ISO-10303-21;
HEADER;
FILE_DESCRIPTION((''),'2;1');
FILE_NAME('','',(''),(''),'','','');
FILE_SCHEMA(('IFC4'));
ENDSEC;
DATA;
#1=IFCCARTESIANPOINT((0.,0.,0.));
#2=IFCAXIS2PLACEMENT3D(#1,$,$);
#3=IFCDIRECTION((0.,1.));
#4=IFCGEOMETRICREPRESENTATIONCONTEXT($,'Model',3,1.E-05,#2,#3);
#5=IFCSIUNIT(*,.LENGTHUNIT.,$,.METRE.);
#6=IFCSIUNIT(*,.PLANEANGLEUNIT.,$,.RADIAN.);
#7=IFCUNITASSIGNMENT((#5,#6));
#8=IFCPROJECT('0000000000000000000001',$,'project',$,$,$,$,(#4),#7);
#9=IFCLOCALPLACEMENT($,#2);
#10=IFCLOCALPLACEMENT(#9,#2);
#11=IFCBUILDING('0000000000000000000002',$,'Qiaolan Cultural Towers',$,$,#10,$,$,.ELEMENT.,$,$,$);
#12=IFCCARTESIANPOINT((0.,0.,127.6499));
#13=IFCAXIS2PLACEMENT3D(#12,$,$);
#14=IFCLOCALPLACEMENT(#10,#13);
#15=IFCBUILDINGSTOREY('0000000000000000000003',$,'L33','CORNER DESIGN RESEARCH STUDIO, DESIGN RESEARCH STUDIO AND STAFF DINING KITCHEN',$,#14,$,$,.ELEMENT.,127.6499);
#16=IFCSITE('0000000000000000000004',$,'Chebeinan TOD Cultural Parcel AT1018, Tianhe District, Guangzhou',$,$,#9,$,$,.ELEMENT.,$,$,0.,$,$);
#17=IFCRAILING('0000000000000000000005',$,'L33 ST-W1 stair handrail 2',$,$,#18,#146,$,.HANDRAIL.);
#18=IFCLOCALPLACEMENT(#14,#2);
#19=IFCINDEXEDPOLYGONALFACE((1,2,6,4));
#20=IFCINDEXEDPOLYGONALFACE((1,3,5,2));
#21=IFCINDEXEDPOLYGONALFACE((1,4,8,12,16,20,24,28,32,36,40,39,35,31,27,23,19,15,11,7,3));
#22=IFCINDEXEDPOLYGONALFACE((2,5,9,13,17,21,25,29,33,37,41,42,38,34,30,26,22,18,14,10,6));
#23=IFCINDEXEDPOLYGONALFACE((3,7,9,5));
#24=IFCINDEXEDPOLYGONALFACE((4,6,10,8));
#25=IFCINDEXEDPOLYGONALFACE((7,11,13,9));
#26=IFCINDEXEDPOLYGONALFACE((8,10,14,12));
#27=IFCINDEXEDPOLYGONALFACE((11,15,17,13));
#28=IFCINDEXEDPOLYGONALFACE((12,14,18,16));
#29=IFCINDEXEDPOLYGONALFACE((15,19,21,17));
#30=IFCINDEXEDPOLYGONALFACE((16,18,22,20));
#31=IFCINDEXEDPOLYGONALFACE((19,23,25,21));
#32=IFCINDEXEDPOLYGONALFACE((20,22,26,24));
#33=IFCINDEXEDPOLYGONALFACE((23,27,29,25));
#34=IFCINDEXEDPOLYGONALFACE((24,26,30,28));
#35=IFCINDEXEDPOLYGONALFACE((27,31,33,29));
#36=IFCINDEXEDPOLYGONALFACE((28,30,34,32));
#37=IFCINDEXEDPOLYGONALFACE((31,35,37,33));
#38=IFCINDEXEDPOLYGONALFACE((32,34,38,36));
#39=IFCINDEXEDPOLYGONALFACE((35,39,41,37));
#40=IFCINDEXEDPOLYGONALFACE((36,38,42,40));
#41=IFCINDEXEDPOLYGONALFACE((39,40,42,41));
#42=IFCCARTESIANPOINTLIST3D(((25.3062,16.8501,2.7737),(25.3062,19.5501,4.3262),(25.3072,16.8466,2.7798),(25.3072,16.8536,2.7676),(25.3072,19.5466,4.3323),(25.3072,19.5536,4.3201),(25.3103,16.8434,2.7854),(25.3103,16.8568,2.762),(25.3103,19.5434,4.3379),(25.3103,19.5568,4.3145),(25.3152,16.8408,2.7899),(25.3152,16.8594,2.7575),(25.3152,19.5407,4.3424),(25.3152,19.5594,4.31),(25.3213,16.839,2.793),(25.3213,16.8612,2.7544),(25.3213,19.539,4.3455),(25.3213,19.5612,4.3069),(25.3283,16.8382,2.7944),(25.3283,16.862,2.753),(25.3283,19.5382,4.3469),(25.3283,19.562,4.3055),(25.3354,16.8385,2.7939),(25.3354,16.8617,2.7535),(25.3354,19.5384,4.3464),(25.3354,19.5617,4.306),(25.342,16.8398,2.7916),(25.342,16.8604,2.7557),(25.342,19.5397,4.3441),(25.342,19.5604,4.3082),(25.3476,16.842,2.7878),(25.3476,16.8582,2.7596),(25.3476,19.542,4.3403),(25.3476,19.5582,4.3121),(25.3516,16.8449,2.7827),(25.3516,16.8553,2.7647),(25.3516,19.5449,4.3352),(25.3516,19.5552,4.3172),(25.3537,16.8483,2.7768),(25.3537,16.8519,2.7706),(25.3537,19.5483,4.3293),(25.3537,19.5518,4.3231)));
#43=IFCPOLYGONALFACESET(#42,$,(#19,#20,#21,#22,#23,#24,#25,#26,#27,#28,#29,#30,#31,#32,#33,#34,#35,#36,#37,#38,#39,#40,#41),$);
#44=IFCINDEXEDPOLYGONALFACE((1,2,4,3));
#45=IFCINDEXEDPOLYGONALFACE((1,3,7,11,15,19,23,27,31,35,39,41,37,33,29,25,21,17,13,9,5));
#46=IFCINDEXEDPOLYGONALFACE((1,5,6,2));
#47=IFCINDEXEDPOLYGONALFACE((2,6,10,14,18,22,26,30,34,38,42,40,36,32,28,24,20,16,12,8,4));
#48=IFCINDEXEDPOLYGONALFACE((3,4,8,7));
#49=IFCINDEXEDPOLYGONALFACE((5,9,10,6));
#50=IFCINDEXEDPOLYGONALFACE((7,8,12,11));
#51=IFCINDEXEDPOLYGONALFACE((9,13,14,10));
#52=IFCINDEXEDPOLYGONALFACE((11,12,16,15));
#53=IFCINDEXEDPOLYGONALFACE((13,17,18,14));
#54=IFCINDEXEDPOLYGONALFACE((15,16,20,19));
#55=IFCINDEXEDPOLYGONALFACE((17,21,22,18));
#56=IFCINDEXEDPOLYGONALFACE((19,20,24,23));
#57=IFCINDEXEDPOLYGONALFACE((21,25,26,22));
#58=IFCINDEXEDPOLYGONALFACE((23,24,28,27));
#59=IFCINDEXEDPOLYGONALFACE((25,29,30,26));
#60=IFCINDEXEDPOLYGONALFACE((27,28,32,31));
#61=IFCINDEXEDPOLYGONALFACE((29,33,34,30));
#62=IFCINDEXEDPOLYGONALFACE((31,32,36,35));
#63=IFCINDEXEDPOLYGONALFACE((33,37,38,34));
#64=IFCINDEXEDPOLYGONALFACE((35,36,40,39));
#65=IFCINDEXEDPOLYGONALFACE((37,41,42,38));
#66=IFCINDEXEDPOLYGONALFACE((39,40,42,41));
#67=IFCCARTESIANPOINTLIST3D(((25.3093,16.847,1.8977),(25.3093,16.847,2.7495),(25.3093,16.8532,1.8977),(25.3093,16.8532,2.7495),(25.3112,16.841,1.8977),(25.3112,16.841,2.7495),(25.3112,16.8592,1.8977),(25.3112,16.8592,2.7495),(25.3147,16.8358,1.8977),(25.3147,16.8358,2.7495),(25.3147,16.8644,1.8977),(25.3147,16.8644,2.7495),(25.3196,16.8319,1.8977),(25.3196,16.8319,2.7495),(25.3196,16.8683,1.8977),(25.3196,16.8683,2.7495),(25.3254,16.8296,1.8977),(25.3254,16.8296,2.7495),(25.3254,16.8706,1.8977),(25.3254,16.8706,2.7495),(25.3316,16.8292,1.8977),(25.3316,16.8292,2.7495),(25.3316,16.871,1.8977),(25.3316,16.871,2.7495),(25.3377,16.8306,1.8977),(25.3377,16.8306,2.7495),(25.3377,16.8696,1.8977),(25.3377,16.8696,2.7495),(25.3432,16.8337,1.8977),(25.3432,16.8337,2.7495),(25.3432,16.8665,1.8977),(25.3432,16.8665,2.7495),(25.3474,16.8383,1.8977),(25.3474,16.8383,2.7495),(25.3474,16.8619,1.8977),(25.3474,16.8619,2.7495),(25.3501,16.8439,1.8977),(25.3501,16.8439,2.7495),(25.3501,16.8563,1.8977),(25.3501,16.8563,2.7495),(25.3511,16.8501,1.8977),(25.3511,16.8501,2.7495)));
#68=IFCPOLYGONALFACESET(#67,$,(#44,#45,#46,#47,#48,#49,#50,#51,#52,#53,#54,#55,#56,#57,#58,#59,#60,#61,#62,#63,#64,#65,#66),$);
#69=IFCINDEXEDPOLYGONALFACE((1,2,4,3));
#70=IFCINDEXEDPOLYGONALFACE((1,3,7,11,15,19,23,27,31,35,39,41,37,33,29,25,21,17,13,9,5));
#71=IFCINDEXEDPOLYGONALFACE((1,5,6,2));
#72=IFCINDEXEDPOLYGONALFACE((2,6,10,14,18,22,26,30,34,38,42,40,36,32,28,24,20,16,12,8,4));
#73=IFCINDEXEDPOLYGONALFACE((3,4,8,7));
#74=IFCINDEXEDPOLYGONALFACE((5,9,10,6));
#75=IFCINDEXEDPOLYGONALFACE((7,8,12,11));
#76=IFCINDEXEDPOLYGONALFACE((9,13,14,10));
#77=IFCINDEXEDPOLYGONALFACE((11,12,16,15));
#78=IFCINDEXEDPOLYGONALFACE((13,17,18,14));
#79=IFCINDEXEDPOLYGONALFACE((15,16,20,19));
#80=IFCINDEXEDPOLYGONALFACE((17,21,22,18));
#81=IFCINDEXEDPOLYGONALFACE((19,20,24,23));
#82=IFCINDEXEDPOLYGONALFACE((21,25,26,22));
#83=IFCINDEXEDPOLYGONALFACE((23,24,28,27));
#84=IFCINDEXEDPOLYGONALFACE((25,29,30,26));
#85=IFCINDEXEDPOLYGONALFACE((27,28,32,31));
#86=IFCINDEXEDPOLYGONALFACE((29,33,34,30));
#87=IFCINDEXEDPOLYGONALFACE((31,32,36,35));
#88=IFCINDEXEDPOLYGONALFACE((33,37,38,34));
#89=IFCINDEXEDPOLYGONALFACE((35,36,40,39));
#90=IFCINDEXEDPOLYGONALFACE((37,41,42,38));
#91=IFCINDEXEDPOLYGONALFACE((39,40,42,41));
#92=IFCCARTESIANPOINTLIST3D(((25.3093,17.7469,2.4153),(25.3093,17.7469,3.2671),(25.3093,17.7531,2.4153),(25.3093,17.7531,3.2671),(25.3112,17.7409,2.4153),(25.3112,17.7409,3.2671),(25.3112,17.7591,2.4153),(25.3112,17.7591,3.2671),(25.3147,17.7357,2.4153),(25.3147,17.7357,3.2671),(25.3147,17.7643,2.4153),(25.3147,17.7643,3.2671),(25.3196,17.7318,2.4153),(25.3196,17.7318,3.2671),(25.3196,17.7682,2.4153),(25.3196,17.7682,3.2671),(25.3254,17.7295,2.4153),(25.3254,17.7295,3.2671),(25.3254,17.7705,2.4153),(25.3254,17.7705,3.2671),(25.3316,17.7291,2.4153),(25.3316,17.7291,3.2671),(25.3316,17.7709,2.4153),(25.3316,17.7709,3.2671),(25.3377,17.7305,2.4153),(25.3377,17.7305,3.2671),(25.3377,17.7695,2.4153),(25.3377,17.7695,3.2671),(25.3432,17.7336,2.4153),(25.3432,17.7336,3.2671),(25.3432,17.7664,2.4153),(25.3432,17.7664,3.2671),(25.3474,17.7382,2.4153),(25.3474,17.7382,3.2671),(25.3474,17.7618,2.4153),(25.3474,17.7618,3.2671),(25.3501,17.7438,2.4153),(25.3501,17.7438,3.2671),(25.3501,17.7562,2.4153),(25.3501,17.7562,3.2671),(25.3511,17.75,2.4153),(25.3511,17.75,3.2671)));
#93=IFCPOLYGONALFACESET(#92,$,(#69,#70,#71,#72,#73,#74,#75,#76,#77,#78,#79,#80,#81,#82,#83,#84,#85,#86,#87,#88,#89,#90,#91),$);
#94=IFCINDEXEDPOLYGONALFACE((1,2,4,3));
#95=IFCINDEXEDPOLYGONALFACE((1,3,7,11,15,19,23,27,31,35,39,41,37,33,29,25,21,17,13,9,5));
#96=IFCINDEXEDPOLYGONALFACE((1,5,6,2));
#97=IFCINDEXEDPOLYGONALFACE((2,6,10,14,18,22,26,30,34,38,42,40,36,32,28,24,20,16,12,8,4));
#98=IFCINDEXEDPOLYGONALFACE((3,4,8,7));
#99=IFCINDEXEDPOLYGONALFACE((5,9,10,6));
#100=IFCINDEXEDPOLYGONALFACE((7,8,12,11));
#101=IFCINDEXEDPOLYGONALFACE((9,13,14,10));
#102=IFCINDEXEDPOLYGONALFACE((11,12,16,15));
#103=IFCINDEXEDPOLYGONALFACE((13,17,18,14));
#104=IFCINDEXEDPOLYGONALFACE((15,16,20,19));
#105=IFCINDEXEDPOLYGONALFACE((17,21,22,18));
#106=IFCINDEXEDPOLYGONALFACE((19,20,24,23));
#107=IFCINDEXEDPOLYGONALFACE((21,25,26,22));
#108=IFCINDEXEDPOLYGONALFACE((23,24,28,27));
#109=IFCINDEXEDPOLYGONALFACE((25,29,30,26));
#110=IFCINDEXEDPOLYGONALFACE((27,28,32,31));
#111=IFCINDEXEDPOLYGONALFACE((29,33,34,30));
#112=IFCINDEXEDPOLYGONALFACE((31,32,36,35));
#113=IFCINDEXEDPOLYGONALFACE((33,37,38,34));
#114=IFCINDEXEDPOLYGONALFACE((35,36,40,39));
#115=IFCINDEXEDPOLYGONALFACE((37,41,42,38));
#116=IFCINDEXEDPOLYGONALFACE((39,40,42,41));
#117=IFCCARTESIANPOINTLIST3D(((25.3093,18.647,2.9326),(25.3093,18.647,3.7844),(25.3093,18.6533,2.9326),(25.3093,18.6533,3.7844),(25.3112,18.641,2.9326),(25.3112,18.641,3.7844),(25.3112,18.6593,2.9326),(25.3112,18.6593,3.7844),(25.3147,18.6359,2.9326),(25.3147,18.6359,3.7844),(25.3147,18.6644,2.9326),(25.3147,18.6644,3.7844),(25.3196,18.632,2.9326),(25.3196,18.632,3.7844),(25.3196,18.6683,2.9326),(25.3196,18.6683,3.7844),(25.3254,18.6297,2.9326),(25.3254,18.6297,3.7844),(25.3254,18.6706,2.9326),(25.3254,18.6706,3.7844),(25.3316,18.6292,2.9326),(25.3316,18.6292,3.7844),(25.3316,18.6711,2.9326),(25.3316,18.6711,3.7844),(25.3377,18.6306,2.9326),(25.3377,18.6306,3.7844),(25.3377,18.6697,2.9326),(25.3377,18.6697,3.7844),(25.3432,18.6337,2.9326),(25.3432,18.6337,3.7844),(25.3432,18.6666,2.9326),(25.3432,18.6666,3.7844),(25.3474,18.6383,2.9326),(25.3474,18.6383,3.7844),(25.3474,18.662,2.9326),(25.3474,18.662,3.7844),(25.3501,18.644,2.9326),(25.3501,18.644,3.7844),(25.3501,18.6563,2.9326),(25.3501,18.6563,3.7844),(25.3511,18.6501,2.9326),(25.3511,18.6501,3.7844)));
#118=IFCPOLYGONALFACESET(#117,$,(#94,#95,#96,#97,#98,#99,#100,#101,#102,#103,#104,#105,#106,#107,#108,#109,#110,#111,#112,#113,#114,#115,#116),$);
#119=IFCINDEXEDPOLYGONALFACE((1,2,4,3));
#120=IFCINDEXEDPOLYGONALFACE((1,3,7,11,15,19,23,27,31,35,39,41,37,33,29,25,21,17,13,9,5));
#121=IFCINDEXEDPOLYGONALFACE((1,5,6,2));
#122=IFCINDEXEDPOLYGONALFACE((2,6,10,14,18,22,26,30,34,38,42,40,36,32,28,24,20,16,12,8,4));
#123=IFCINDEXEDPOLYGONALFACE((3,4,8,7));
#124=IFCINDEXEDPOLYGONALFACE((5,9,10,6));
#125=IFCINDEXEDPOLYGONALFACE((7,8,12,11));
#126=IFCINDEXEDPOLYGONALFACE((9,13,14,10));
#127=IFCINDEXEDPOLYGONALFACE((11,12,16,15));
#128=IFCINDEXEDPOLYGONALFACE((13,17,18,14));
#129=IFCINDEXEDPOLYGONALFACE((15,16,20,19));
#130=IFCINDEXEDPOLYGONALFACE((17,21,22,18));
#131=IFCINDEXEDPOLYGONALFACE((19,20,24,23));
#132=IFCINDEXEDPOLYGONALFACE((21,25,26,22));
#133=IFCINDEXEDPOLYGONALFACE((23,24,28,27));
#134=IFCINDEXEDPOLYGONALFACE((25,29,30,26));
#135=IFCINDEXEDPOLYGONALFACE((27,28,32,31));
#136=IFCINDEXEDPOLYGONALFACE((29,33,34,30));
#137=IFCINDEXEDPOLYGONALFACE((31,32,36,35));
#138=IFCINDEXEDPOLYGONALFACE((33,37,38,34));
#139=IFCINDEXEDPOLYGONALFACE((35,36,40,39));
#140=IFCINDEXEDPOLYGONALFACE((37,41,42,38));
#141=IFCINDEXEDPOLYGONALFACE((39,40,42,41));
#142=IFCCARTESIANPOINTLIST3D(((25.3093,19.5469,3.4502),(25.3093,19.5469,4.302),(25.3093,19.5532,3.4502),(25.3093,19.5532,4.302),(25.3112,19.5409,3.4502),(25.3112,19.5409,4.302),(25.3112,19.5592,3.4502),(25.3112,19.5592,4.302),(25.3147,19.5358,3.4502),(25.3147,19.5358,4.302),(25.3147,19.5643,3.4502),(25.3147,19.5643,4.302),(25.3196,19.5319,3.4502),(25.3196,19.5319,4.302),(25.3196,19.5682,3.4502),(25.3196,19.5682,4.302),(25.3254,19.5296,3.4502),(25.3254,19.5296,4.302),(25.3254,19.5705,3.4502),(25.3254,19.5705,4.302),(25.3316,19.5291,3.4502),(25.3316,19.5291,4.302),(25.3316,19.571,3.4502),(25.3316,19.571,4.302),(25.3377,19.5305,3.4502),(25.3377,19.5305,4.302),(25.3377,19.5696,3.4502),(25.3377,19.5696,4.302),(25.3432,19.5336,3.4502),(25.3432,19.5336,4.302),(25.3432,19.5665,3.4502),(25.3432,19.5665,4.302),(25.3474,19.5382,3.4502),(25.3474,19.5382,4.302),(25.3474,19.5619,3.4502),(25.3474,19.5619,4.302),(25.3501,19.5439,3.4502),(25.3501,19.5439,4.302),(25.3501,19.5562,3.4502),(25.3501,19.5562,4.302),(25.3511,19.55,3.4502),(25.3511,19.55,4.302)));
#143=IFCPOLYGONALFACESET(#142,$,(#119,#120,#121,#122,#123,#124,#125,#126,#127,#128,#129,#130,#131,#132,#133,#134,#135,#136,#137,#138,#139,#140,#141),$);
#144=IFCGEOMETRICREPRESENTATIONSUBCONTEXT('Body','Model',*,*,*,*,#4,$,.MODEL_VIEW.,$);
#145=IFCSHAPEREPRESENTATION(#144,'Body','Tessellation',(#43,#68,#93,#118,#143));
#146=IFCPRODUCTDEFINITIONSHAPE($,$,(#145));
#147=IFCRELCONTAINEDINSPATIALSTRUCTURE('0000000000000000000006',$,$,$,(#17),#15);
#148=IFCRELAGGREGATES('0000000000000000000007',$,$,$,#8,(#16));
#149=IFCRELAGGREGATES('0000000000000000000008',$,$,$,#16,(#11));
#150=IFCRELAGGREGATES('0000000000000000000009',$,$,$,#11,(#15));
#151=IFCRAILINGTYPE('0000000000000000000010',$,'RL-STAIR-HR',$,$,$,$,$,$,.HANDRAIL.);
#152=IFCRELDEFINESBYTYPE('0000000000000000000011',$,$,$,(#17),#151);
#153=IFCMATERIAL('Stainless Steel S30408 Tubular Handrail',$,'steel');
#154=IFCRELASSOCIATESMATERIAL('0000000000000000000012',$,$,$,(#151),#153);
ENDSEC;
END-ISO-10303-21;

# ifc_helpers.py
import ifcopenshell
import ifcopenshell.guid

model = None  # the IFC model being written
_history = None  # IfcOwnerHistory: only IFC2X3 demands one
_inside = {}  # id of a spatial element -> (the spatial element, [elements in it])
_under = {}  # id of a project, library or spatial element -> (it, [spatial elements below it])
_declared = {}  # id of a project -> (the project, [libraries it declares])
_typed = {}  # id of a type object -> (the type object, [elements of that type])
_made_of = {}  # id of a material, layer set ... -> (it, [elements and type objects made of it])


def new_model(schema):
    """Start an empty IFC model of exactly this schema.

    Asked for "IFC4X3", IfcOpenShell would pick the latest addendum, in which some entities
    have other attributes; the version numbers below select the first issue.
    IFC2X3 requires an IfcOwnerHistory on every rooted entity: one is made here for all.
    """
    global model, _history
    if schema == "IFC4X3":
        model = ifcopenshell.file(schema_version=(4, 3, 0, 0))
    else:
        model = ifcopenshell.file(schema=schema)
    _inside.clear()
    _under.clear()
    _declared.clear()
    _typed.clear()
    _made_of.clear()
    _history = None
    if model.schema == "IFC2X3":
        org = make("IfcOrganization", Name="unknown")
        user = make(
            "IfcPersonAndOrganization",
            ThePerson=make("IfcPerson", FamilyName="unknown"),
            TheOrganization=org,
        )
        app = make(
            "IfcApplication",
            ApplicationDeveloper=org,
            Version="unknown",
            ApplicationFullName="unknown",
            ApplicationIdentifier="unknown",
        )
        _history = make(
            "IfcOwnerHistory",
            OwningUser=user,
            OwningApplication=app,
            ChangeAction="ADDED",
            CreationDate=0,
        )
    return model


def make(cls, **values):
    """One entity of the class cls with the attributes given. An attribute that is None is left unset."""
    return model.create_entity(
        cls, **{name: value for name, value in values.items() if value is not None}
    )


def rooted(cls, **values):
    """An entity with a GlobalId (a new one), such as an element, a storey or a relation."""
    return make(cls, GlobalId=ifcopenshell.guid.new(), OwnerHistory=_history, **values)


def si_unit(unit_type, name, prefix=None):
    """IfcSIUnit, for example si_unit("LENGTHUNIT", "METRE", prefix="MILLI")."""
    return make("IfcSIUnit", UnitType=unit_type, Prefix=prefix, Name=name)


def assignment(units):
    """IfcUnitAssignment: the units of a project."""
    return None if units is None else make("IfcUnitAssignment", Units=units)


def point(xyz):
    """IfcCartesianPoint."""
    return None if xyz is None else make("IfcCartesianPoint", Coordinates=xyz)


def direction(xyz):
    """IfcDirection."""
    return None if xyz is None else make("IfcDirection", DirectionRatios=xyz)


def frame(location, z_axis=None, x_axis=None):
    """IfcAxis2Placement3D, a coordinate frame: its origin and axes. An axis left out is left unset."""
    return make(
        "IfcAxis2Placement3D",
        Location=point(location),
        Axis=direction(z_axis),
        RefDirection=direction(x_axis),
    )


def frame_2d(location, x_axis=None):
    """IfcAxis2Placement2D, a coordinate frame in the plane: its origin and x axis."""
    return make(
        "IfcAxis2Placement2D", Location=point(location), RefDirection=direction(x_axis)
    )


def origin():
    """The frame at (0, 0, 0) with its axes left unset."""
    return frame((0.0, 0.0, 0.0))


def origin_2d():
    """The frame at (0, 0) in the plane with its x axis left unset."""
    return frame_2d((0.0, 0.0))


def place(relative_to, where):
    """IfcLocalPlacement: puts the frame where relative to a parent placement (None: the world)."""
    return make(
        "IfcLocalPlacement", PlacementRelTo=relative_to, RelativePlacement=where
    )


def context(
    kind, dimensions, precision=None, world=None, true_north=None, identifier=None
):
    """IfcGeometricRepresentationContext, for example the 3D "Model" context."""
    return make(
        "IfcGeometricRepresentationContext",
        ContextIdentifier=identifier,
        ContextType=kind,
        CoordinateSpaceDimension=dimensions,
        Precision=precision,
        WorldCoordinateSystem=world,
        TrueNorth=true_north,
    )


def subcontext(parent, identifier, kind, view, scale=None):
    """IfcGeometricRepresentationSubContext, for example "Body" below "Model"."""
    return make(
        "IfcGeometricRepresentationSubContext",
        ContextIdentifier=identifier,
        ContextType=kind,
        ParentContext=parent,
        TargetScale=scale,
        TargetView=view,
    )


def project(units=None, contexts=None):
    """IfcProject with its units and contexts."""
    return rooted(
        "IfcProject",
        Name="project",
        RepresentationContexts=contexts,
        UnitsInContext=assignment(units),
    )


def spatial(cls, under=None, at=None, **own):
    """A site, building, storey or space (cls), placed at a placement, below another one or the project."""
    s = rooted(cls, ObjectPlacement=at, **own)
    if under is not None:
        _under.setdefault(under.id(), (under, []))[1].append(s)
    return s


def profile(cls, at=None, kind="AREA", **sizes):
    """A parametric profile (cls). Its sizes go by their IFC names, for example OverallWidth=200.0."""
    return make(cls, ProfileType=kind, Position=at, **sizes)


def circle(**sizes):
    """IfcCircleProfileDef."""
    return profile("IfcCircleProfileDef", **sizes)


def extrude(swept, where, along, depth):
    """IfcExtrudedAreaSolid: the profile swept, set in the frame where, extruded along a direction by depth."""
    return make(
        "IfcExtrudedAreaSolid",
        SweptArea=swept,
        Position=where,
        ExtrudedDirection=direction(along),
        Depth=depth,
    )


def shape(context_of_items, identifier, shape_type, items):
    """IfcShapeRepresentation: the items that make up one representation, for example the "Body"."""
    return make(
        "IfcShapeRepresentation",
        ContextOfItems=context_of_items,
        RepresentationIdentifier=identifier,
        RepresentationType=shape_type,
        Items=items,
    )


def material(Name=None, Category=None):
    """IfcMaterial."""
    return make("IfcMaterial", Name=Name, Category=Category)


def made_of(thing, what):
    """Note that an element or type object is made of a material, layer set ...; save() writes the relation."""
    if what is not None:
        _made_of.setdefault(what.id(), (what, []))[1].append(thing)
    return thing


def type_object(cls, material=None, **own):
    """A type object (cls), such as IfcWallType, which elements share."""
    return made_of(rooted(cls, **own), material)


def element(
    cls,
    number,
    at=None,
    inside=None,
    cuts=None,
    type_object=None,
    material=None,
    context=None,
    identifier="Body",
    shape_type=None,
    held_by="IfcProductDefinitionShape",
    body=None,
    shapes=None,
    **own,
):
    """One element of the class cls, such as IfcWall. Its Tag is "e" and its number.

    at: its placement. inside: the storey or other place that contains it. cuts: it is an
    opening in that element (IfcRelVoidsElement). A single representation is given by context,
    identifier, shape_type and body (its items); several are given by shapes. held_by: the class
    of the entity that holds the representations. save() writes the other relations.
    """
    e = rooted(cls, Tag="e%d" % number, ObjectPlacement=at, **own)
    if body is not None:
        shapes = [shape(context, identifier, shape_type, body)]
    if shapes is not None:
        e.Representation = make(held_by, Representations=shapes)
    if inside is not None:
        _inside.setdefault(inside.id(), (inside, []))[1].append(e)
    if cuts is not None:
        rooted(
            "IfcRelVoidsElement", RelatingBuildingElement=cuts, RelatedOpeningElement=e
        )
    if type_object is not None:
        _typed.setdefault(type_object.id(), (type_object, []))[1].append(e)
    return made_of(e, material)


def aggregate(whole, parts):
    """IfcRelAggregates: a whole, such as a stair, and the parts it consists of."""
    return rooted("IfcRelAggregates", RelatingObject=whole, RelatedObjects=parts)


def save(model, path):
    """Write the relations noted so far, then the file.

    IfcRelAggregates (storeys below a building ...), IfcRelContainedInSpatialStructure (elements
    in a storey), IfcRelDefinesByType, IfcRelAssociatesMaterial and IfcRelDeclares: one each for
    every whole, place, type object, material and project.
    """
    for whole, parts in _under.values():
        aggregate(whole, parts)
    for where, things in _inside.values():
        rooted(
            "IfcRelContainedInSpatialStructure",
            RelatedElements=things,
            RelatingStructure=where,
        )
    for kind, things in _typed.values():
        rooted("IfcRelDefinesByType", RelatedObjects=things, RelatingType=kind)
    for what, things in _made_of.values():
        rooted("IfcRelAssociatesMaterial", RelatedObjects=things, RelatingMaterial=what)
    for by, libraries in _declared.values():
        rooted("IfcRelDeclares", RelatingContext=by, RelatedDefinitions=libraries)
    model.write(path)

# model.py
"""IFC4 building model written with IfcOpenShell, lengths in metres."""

from ifc_helpers import new_model, si_unit, direction, frame, origin, origin_2d, place, context, subcontext, project, spatial, circle, extrude, material, type_object, element, save


model = new_model("IFC4")

# Units and contexts
model_context = context("Model", 3, precision=1e-05, world=origin(), true_north=direction((0.0, 1.0)))
body_context = subcontext(model_context, "Body", "Model", "MODEL_VIEW")
ifc_project = project(units=[si_unit("LENGTHUNIT", "METRE"), si_unit("PLANEANGLEUNIT", "RADIAN")], contexts=[model_context])

# Site, building, storey
site_placement = place(None, origin())
site = spatial("IfcSite", under=ifc_project, at=site_placement, Name="Chebeinan TOD Cultural Parcel AT1018, Tianhe District, Guangzhou", CompositionType="ELEMENT", RefElevation=0.0)
building_placement = place(site_placement, origin())
building = spatial("IfcBuilding", under=site, at=building_placement, Name="Qiaolan Cultural Towers", CompositionType="ELEMENT")
storey_placement = place(building_placement, frame((0.0, 0.0, 127.6499)))
storey = spatial("IfcBuildingStorey", under=building, at=storey_placement, Name="L33", Description="CORNER DESIGN RESEARCH STUDIO, DESIGN RESEARCH STUDIO AND STAFF DINING KITCHEN", CompositionType="ELEMENT", Elevation=127.6499)

# Railing
ifc_material_1 = material(Name="Stainless Steel S30408 Tubular Handrail", Category="steel")
railing_type = type_object("IfcRailingType", Name="RL-STAIR-HR", PredefinedType="HANDRAIL", material=ifc_material_1)
railing_placement = place(storey_placement, frame((25.3301, 16.8501, 1.8977)))
element("IfcRailing", 1, at=railing_placement, inside=storey, type_object=railing_type, Name="L33 ST-W1 stair handrail 2", PredefinedType="HANDRAIL", context=body_context, shape_type="SweptSolid", body=[
    extrude(circle(Radius=0.0239, at=origin_2d()), frame((0.0, 0.0, 0.876), z_axis=(0.0, 0.866904, 0.498476), x_axis=(-1.0, 0.0, 0.0)), (0.0, 0.0, 1.0), 3.1145),
    extrude(circle(Radius=0.021, at=origin_2d()), origin(), (0.0, 0.0, 1.0), 0.8518),
    extrude(circle(Radius=0.021, at=origin_2d()), frame((0.0, 0.8999, 0.5176)), (0.0, 0.0, 1.0), 0.8518),
    extrude(circle(Radius=0.021, at=origin_2d()), frame((0.0, 1.8, 1.0349)), (0.0, 0.0, 1.0), 0.8518),
    extrude(circle(Radius=0.021, at=origin_2d()), frame((0.0, 2.7, 1.5525)), (0.0, 0.0, 1.0), 0.8518),
])

save(model, "model.ifc")
